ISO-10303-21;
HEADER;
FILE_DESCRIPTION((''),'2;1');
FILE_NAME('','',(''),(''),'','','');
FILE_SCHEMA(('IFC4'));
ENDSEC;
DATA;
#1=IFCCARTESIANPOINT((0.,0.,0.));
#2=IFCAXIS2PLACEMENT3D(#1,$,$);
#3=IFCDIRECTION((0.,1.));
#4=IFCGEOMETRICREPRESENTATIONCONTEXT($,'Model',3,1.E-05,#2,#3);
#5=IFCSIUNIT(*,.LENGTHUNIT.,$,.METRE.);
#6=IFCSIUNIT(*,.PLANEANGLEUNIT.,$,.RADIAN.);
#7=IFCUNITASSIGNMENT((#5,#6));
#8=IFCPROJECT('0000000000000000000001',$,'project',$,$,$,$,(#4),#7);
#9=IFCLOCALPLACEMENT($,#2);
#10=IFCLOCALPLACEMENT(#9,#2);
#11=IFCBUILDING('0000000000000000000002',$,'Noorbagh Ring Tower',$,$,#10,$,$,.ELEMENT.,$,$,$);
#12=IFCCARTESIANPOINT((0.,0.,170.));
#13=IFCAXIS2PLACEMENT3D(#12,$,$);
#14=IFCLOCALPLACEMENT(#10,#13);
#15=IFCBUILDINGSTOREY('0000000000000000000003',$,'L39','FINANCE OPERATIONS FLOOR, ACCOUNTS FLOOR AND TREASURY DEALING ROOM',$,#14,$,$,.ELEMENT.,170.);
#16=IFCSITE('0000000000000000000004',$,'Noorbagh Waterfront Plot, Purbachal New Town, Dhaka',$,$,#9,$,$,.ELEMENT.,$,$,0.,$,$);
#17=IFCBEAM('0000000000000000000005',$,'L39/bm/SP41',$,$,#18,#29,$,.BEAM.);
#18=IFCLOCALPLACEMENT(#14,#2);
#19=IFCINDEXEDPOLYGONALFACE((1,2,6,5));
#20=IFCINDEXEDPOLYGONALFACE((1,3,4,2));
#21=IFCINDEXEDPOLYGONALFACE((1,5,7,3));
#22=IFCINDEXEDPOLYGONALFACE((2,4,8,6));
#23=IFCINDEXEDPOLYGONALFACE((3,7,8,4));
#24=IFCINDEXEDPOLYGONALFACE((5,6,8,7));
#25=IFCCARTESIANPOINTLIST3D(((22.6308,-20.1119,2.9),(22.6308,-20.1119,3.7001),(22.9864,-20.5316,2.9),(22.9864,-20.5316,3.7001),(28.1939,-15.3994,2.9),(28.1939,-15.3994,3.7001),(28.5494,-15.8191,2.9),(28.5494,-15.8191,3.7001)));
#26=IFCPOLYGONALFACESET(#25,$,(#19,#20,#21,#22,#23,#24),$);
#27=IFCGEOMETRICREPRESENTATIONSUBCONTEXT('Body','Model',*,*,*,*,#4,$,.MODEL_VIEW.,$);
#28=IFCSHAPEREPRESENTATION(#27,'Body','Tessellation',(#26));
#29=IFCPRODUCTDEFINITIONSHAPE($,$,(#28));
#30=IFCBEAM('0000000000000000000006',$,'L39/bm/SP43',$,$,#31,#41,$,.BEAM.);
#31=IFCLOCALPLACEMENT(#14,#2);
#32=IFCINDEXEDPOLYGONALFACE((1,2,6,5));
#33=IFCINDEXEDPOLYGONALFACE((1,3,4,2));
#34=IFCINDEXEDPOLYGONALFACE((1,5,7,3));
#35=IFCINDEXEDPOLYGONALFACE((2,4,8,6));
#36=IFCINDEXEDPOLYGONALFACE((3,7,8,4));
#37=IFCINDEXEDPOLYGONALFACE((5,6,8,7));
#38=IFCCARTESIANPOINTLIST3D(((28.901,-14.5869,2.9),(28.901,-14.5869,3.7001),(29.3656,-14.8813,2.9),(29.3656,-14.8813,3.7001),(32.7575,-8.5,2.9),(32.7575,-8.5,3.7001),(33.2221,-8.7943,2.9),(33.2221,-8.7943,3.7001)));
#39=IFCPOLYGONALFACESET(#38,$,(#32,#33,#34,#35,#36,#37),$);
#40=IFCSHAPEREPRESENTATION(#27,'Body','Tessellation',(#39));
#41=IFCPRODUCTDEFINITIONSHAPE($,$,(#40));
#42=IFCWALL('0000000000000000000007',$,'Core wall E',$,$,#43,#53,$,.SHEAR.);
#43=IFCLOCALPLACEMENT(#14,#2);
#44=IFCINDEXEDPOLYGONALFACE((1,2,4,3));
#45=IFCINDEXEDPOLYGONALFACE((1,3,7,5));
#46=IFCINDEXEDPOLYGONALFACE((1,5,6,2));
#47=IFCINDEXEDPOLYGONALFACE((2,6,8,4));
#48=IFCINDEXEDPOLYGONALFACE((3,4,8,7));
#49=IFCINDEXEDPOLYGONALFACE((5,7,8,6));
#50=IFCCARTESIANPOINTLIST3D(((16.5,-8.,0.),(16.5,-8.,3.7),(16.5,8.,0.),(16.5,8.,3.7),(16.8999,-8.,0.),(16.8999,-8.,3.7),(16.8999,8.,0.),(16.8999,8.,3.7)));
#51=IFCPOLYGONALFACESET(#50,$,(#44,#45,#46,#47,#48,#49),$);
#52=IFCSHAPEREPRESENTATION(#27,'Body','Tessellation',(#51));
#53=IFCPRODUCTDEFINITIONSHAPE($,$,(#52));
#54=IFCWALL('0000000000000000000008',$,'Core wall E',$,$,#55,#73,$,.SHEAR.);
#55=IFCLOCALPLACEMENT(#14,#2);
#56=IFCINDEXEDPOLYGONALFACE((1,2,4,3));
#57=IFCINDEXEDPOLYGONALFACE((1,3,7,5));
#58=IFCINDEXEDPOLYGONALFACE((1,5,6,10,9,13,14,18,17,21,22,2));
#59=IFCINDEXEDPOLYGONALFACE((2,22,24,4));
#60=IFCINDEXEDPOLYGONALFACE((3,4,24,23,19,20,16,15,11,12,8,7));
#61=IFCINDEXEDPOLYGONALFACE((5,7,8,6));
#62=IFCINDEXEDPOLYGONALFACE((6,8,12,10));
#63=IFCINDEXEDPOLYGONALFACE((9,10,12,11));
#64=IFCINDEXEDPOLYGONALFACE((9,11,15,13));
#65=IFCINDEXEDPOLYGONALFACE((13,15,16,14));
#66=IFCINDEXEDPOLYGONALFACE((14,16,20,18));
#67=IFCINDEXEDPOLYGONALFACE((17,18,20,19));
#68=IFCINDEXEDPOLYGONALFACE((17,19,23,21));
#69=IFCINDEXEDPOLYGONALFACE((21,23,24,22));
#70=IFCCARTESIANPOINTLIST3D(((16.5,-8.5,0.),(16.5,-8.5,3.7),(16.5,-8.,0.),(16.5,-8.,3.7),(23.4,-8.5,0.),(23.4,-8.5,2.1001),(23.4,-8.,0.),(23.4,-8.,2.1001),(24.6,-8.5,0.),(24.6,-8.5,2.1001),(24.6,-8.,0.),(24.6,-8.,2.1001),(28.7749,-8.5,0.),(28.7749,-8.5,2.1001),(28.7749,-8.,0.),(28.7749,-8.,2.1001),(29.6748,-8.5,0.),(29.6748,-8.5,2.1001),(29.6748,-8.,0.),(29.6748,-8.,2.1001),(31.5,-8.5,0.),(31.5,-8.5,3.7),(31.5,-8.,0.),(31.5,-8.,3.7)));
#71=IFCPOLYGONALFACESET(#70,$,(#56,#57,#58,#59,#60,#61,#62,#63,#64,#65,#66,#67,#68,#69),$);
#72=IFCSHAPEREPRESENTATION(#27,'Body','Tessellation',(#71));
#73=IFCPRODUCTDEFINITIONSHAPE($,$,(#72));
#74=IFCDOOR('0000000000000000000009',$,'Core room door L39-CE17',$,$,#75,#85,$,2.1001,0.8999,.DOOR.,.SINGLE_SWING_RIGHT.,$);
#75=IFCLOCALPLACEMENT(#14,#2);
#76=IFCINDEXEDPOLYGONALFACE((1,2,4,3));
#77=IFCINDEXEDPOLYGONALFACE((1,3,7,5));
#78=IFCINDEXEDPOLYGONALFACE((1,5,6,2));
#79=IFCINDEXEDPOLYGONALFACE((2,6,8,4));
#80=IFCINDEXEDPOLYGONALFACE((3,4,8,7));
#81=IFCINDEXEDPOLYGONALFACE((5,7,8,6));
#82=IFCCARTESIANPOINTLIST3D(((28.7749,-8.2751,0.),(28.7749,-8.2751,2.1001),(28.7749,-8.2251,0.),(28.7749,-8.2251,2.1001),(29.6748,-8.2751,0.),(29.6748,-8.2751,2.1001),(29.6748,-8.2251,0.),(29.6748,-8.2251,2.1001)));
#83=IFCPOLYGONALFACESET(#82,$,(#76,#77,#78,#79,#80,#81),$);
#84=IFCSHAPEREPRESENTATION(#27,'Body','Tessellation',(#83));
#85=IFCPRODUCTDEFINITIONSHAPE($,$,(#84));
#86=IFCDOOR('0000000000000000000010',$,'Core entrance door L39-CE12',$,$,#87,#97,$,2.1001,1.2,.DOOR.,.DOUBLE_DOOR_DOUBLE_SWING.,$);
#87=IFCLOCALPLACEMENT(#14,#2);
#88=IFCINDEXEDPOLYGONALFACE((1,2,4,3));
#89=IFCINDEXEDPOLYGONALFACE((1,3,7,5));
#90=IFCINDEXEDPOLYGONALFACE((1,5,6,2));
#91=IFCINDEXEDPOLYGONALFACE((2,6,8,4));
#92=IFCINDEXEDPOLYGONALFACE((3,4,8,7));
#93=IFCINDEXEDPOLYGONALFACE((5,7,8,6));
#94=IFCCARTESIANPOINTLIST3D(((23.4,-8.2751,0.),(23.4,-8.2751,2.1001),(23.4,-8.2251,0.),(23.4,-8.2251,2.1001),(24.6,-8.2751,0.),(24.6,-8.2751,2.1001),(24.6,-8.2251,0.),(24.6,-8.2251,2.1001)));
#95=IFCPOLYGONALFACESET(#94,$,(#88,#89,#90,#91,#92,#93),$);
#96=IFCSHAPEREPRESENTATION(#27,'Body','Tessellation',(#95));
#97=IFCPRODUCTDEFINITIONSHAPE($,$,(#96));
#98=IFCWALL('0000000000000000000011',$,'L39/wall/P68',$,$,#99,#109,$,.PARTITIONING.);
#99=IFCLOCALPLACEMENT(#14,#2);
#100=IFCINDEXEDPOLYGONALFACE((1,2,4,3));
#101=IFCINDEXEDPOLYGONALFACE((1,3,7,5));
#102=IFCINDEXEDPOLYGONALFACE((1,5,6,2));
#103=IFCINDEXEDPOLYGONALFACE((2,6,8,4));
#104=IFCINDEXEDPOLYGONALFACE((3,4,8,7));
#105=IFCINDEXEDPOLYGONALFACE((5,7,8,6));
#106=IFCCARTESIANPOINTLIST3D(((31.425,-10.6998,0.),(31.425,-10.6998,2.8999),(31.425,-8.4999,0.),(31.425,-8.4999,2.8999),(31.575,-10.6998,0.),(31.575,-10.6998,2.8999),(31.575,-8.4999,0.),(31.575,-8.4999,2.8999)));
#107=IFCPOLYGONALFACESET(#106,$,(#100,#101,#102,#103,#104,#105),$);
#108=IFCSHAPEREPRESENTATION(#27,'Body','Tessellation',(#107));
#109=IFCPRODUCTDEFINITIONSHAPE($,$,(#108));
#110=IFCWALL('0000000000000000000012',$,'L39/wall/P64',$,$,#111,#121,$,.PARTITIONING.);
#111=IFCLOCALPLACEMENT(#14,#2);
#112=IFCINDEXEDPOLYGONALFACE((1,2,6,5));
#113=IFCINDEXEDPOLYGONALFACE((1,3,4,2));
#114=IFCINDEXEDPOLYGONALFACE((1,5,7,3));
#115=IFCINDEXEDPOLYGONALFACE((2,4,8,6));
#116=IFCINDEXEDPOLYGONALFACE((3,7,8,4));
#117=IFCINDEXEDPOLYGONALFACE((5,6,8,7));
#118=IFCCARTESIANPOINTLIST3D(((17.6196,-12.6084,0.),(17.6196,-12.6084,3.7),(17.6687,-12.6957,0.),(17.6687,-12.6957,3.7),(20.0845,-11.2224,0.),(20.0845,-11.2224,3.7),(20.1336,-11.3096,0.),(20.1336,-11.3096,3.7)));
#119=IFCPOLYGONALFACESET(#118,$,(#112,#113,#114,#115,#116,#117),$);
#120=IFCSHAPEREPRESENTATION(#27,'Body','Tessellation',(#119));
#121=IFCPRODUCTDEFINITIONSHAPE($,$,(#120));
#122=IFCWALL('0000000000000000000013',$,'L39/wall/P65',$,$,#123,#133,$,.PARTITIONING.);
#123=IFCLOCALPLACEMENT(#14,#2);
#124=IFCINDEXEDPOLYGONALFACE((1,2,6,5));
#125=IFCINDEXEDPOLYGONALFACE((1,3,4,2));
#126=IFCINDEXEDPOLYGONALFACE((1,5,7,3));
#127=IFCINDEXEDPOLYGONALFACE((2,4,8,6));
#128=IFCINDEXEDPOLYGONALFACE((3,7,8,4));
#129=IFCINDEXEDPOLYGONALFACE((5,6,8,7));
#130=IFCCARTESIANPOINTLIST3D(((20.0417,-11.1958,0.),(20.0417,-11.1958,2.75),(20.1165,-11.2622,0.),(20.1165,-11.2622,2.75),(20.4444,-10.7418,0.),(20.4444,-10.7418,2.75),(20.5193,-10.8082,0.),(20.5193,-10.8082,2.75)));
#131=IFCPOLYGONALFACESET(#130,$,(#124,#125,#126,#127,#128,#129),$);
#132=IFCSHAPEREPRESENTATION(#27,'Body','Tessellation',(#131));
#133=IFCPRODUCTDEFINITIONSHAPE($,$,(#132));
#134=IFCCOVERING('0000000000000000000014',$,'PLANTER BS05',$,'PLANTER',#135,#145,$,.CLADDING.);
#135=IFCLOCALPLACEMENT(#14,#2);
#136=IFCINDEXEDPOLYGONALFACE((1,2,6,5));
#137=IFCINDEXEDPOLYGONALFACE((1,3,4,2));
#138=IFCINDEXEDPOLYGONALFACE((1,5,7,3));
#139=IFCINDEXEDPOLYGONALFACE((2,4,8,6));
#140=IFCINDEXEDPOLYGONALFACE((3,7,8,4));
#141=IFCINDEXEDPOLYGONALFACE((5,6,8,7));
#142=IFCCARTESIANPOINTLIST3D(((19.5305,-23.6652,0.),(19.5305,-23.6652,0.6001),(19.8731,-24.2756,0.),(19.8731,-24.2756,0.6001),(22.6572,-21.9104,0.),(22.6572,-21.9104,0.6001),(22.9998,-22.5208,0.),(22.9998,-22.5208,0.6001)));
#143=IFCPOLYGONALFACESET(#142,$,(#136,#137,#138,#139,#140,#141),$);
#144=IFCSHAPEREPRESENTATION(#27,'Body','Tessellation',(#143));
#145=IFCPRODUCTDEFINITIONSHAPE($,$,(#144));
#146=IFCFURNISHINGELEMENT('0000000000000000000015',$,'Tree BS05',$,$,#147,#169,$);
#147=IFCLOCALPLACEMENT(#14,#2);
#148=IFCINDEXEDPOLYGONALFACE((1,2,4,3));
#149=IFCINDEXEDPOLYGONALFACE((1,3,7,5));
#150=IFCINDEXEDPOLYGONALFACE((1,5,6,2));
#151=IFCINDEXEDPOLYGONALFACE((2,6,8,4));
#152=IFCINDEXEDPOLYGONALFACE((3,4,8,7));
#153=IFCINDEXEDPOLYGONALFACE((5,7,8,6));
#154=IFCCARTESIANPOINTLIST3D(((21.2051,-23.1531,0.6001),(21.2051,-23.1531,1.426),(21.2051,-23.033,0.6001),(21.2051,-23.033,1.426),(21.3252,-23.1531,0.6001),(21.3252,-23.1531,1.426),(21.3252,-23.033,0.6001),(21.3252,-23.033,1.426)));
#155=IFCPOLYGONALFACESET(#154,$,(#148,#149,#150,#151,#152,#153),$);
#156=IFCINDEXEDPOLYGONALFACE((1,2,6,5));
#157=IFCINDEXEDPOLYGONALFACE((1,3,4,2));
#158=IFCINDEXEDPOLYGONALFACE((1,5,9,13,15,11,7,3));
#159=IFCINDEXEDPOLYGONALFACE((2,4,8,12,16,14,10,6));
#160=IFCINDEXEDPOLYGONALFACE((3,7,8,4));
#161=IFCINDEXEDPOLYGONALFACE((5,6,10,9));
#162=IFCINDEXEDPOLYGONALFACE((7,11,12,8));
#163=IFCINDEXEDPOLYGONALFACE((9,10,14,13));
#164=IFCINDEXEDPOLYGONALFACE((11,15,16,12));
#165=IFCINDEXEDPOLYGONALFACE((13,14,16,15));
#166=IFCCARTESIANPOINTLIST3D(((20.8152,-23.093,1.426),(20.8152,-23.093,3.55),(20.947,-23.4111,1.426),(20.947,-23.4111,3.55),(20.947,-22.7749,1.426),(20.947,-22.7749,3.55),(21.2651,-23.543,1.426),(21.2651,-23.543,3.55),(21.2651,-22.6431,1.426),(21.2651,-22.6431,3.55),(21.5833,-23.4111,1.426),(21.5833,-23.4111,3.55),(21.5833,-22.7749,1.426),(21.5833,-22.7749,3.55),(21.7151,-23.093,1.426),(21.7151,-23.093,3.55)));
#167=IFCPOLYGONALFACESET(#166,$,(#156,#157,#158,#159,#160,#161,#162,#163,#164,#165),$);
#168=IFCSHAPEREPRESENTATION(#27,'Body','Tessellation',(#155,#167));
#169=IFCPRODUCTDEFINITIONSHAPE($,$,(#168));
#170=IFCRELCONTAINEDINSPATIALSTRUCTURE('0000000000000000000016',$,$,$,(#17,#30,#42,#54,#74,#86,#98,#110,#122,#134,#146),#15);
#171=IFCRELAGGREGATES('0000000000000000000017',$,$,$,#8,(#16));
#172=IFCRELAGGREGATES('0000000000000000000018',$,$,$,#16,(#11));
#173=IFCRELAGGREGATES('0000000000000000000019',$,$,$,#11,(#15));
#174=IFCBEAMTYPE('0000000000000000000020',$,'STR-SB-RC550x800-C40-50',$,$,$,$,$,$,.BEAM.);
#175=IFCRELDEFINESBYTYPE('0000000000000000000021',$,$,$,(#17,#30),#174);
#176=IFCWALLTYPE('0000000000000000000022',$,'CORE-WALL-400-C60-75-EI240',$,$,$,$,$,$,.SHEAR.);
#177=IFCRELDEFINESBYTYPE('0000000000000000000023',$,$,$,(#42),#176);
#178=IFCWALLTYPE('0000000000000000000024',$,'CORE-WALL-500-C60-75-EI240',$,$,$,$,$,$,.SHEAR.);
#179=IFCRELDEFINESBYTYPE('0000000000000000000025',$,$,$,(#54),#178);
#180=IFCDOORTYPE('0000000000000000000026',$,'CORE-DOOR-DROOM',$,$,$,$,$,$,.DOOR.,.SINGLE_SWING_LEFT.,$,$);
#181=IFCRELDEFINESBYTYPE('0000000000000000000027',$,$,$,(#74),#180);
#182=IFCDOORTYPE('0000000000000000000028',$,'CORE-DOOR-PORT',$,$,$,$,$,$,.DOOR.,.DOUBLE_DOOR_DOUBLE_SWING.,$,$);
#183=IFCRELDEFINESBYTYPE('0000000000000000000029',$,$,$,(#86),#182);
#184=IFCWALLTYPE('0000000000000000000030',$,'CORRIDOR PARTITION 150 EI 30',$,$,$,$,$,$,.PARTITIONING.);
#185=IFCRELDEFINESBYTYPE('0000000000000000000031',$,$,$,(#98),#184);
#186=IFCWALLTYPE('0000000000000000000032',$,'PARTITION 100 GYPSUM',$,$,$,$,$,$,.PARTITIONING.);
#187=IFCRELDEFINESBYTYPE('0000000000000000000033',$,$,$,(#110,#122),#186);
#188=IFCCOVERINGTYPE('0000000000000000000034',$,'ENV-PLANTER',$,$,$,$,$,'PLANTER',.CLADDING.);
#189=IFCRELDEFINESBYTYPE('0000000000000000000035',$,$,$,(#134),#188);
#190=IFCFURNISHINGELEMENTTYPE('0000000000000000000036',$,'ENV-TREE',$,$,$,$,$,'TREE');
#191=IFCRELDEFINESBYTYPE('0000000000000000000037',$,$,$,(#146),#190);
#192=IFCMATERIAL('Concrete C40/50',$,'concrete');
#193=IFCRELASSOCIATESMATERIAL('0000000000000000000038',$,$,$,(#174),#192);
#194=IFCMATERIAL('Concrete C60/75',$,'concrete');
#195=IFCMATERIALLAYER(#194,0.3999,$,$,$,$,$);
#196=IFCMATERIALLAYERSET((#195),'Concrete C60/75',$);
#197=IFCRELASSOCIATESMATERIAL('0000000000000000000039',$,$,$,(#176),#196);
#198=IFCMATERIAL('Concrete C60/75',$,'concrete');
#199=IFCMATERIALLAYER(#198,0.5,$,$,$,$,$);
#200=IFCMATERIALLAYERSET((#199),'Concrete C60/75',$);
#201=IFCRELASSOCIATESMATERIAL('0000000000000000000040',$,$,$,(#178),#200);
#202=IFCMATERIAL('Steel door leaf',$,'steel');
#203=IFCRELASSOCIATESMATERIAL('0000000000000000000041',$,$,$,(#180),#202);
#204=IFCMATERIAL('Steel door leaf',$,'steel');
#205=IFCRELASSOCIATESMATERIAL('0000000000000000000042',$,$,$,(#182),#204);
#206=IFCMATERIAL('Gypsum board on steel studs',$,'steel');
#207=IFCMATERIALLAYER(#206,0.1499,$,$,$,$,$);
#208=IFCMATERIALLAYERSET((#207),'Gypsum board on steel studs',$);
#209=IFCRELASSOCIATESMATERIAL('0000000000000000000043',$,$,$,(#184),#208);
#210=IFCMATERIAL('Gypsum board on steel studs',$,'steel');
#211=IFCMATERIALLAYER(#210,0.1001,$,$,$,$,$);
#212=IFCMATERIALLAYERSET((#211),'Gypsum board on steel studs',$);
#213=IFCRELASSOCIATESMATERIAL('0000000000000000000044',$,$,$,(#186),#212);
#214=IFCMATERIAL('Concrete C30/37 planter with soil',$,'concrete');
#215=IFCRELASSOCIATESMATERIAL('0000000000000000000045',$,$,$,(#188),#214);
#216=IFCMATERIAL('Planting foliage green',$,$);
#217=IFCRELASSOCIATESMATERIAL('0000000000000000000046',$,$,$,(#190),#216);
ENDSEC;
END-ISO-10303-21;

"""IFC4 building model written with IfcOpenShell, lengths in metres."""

from ifc_helpers import new_model, si_unit, direction, frame, frame_2d, origin, origin_2d, place, context, subcontext, project, spatial, polyline, rectangle, outline, extrude, material, layer, layer_set, material_profile, profile_set, type_object, element, fill, save


model = new_model("IFC4")

# Units and contexts
model_context = context("Model", 3, precision=1e-05, world=origin(), true_north=direction((0.0, 1.0)))
body_context = subcontext(model_context, "Body", "Model", "MODEL_VIEW")
ifc_project = project(units=[si_unit("LENGTHUNIT", "METRE"), si_unit("PLANEANGLEUNIT", "RADIAN")], contexts=[model_context])

# Site, building, storey
site_placement = place(None, origin())
site = spatial("IfcSite", under=ifc_project, at=site_placement, Name="Noorbagh Waterfront Plot, Purbachal New Town, Dhaka", CompositionType="ELEMENT", RefElevation=0.0)
building_placement = place(site_placement, origin())
building = spatial("IfcBuilding", under=site, at=building_placement, Name="Noorbagh Ring Tower", CompositionType="ELEMENT")
storey_placement = place(building_placement, frame((0.0, 0.0, 170.0)))
storey = spatial("IfcBuildingStorey", under=building, at=storey_placement, Name="L39", Description="FINANCE OPERATIONS FLOOR, ACCOUNTS FLOOR AND TREASURY DEALING ROOM", CompositionType="ELEMENT", Elevation=170.0)

# Beams
ifc_material_1 = material(Name="Concrete C40/50", Category="concrete")
ifc_material_profile_1 = material_profile(ifc_material_1, rectangle(XDim=0.55, YDim=0.8, at=origin_2d()), Name="RC550x800")
ifc_profile_set_1 = profile_set([ifc_material_profile_1], Name="Concrete C40/50")
beam_type_1 = type_object("IfcBeamType", Name="STR-SB-RC550x800-C40-50", PredefinedType="BEAM", material=ifc_profile_set_1)
beam_1_placement = place(storey_placement, frame((22.8086, -20.3218, 3.3), z_axis=(0.763031, 0.646362, 0.0), x_axis=(-0.646362, 0.763031, 0.0)))
element("IfcBeam", 1, at=beam_1_placement, inside=storey, type_object=beam_type_1, Name="L39/bm/SP41", PredefinedType="BEAM", context=body_context, shape_type="SweptSolid", body=[
    extrude(rectangle(XDim=0.55, YDim=0.8, at=origin_2d()), origin(), (0.0, 0.0, 1.0), 7.2908),
])
beam_2_placement = place(storey_placement, frame((29.1333, -14.7341, 3.3), z_axis=(0.535191, 0.844731, 0.0), x_axis=(-0.844731, 0.535191, 0.0)))
element("IfcBeam", 2, at=beam_2_placement, inside=storey, type_object=beam_type_1, Name="L39/bm/SP43", PredefinedType="BEAM", context=body_context, shape_type="SweptSolid", body=[
    extrude(rectangle(XDim=0.55, YDim=0.8, at=origin_2d()), origin(), (0.0, 0.0, 1.0), 7.2058),
])

# Wall
ifc_material_2 = material(Name="Concrete C60/75", Category="concrete")
ifc_layer_1 = layer(ifc_material_2, 0.3999)
ifc_layer_set_1 = layer_set([ifc_layer_1], Name="Concrete C60/75")
wall_type_1 = type_object("IfcWallType", Name="CORE-WALL-400-C60-75-EI240", PredefinedType="SHEAR", material=ifc_layer_set_1)
wall_1_placement = place(storey_placement, frame((16.7, -8.0, 0.0), z_axis=(0.0, 0.0, 1.0), x_axis=(0.0, 1.0, 0.0)))
element("IfcWall", 3, at=wall_1_placement, inside=storey, type_object=wall_type_1, Name="Core wall E", PredefinedType="SHEAR", context=body_context, shape_type="SweptSolid", body=[
    extrude(rectangle(XDim=16.0, YDim=0.3999, at=frame_2d((8.0, 0.0))), origin(), (0.0, 0.0, 1.0), 3.7),
])

# Wall, openings, doors
ifc_material_3 = material(Name="Concrete C60/75", Category="concrete")
ifc_layer_2 = layer(ifc_material_3, 0.5)
ifc_layer_set_2 = layer_set([ifc_layer_2], Name="Concrete C60/75")
wall_type_2 = type_object("IfcWallType", Name="CORE-WALL-500-C60-75-EI240", PredefinedType="SHEAR", material=ifc_layer_set_2)
wall_2_placement = place(storey_placement, frame((16.5, -8.25, 0.0), z_axis=(0.0, 0.0, 1.0), x_axis=(1.0, 0.0, 0.0)))
wall_2 = element("IfcWall", 4, at=wall_2_placement, inside=storey, type_object=wall_type_2, Name="Core wall E", PredefinedType="SHEAR", context=body_context, shape_type="SweptSolid", body=[
    extrude(rectangle(XDim=15.0, YDim=0.5, at=frame_2d((7.5, 0.0))), origin(), (0.0, 0.0, 1.0), 3.7),
])
opening_1_placement = place(wall_2_placement, frame((6.8999, 0.0, 0.0)))
opening_1 = element("IfcOpeningElement", 5, at=opening_1_placement, cuts=wall_2, PredefinedType="OPENING", context=body_context, shape_type="SweptSolid", body=[
    extrude(rectangle(XDim=1.2, YDim=2.1001, at=frame_2d((0.6001, 1.05))), frame((0.0, 0.26, 0.0), z_axis=(0.0, -1.0, 0.0), x_axis=(1.0, 0.0, 0.0)), (0.0, 0.0, 1.0), 0.52),
])
opening_2_placement = place(wall_2_placement, frame((12.2749, 0.0, 0.0)))
opening_2 = element("IfcOpeningElement", 6, at=opening_2_placement, cuts=wall_2, PredefinedType="OPENING", context=body_context, shape_type="SweptSolid", body=[
    extrude(rectangle(XDim=0.8999, YDim=2.1001, at=frame_2d((0.45, 1.05))), frame((0.0, 0.26, 0.0), z_axis=(0.0, -1.0, 0.0), x_axis=(1.0, 0.0, 0.0)), (0.0, 0.0, 1.0), 0.52),
])
ifc_material_4 = material(Name="Steel door leaf", Category="steel")
door_type_1 = type_object("IfcDoorType", Name="CORE-DOOR-DROOM", OperationType="SINGLE_SWING_LEFT", PredefinedType="DOOR", material=ifc_material_4)
door_1_placement = place(opening_2_placement, origin())
door_1 = element("IfcDoor", 7, at=door_1_placement, inside=storey, type_object=door_type_1, Name="Core room door L39-CE17", OperationType="SINGLE_SWING_RIGHT", OverallHeight=2.1001, OverallWidth=0.8999, PredefinedType="DOOR", context=body_context, shape_type="SweptSolid", body=[
    extrude(rectangle(XDim=0.8999, YDim=2.1001, at=frame_2d((0.45, 1.05))), frame((0.0, 0.0249, 0.0), z_axis=(0.0, -1.0, 0.0), x_axis=(1.0, 0.0, 0.0)), (0.0, 0.0, 1.0), 0.05),
])
fill(opening_2, door_1)
ifc_material_5 = material(Name="Steel door leaf", Category="steel")
door_type_2 = type_object("IfcDoorType", Name="CORE-DOOR-PORT", OperationType="DOUBLE_DOOR_DOUBLE_SWING", PredefinedType="DOOR", material=ifc_material_5)
door_2_placement = place(opening_1_placement, origin())
door_2 = element("IfcDoor", 8, at=door_2_placement, inside=storey, type_object=door_type_2, Name="Core entrance door L39-CE12", OperationType="DOUBLE_DOOR_DOUBLE_SWING", OverallHeight=2.1001, OverallWidth=1.2, PredefinedType="DOOR", context=body_context, shape_type="SweptSolid", body=[
    extrude(rectangle(XDim=1.2, YDim=2.1001, at=frame_2d((0.6001, 1.05))), frame((0.0, 0.0249, 0.0), z_axis=(0.0, -1.0, 0.0), x_axis=(1.0, 0.0, 0.0)), (0.0, 0.0, 1.0), 0.05),
])
fill(opening_1, door_2)

# Walls
ifc_material_6 = material(Name="Gypsum board on steel studs", Category="steel")
ifc_layer_3 = layer(ifc_material_6, 0.1499)
ifc_layer_set_3 = layer_set([ifc_layer_3], Name="Gypsum board on steel studs")
wall_type_3 = type_object("IfcWallType", Name="CORRIDOR PARTITION 150 EI 30", PredefinedType="PARTITIONING", material=ifc_layer_set_3)
wall_3_placement = place(storey_placement, frame((31.5, -10.7, 0.0), z_axis=(0.0, 0.0, 1.0), x_axis=(0.0, 1.0, 0.0)))
element("IfcWall", 9, at=wall_3_placement, inside=storey, type_object=wall_type_3, Name="L39/wall/P68", PredefinedType="PARTITIONING", context=body_context, shape_type="SweptSolid", body=[
    extrude(rectangle(XDim=2.2, YDim=0.1499, at=frame_2d((1.1001, 0.0))), origin(), (0.0, 0.0, 1.0), 2.8999),
])
ifc_material_7 = material(Name="Gypsum board on steel studs", Category="steel")
ifc_layer_4 = layer(ifc_material_7, 0.1001)
ifc_layer_set_4 = layer_set([ifc_layer_4], Name="Gypsum board on steel studs")
wall_type_4 = type_object("IfcWallType", Name="PARTITION 100 GYPSUM", PredefinedType="PARTITIONING", material=ifc_layer_set_4)
wall_4_placement = place(storey_placement, frame((17.644, -12.6521, 0.0), z_axis=(0.0, 0.0, 1.0), x_axis=(0.871649, 0.49013, 0.0)))
element("IfcWall", 10, at=wall_4_placement, inside=storey, type_object=wall_type_4, Name="L39/wall/P64", PredefinedType="PARTITIONING", context=body_context, shape_type="SweptSolid", body=[
    extrude(rectangle(XDim=2.8279, YDim=0.1001, at=frame_2d((1.4141, 0.0))), origin(), (0.0, 0.0, 1.0), 3.7),
])
wall_5_placement = place(storey_placement, frame((20.0791, -11.229, 0.0), z_axis=(0.0, 0.0, 1.0), x_axis=(0.663615, 0.748075, 0.0)))
element("IfcWall", 11, at=wall_5_placement, inside=storey, type_object=wall_type_4, Name="L39/wall/P65", PredefinedType="PARTITIONING", context=body_context, shape_type="SweptSolid", body=[
    extrude(rectangle(XDim=0.6069, YDim=0.1001, at=frame_2d((0.3035, 0.0))), origin(), (0.0, 0.0, 1.0), 2.75),
])

# Covering
ifc_material_8 = material(Name="Concrete C30/37 planter with soil", Category="concrete")
covering_type = type_object("IfcCoveringType", Name="ENV-PLANTER", ElementType="PLANTER", PredefinedType="CLADDING", material=ifc_material_8)
covering_placement = place(storey_placement, frame((21.2651, -23.093, 0.0), z_axis=(0.0, 0.0, 1.0), x_axis=(0.872045, 0.489426, 0.0)))
element("IfcCovering", 12, at=covering_placement, inside=storey, type_object=covering_type, Name="PLANTER BS05", ObjectType="PLANTER", PredefinedType="CLADDING", context=body_context, shape_type="SweptSolid", body=[
    extrude(rectangle(XDim=3.5854, YDim=0.7, at=origin_2d()), origin(), (0.0, 0.0, 1.0), 0.6001),
])

# Furnishing element
ifc_material_9 = material(Name="Planting foliage green")
furnishing_element_type = type_object("IfcFurnishingElementType", Name="ENV-TREE", ElementType="TREE", material=ifc_material_9)
furnishing_placement = place(storey_placement, frame((21.2651, -23.093, 0.6001), z_axis=(0.0, 0.0, 1.0), x_axis=(1.0, 0.0, 0.0)))
element("IfcFurnishingElement", 13, at=furnishing_placement, inside=storey, type_object=furnishing_element_type, Name="Tree BS05", context=body_context, shape_type="SweptSolid", body=[
    extrude(rectangle(XDim=0.1201, YDim=0.1201, at=origin_2d()), origin(), (0.0, 0.0, 1.0), 0.8259),
    extrude(outline(polyline([(0.45, 0.0), (0.3181, 0.3181), (0.0, 0.45), (-0.3181, 0.3181), (-0.45, 0.0), (-0.3181, -0.3181), (0.0, -0.45), (0.3181, -0.3181), (0.45, 0.0)])), frame((0.0, 0.0, 0.8259)), (0.0, 0.0, 1.0), 2.124),
])

save(model, "model.ifc")
